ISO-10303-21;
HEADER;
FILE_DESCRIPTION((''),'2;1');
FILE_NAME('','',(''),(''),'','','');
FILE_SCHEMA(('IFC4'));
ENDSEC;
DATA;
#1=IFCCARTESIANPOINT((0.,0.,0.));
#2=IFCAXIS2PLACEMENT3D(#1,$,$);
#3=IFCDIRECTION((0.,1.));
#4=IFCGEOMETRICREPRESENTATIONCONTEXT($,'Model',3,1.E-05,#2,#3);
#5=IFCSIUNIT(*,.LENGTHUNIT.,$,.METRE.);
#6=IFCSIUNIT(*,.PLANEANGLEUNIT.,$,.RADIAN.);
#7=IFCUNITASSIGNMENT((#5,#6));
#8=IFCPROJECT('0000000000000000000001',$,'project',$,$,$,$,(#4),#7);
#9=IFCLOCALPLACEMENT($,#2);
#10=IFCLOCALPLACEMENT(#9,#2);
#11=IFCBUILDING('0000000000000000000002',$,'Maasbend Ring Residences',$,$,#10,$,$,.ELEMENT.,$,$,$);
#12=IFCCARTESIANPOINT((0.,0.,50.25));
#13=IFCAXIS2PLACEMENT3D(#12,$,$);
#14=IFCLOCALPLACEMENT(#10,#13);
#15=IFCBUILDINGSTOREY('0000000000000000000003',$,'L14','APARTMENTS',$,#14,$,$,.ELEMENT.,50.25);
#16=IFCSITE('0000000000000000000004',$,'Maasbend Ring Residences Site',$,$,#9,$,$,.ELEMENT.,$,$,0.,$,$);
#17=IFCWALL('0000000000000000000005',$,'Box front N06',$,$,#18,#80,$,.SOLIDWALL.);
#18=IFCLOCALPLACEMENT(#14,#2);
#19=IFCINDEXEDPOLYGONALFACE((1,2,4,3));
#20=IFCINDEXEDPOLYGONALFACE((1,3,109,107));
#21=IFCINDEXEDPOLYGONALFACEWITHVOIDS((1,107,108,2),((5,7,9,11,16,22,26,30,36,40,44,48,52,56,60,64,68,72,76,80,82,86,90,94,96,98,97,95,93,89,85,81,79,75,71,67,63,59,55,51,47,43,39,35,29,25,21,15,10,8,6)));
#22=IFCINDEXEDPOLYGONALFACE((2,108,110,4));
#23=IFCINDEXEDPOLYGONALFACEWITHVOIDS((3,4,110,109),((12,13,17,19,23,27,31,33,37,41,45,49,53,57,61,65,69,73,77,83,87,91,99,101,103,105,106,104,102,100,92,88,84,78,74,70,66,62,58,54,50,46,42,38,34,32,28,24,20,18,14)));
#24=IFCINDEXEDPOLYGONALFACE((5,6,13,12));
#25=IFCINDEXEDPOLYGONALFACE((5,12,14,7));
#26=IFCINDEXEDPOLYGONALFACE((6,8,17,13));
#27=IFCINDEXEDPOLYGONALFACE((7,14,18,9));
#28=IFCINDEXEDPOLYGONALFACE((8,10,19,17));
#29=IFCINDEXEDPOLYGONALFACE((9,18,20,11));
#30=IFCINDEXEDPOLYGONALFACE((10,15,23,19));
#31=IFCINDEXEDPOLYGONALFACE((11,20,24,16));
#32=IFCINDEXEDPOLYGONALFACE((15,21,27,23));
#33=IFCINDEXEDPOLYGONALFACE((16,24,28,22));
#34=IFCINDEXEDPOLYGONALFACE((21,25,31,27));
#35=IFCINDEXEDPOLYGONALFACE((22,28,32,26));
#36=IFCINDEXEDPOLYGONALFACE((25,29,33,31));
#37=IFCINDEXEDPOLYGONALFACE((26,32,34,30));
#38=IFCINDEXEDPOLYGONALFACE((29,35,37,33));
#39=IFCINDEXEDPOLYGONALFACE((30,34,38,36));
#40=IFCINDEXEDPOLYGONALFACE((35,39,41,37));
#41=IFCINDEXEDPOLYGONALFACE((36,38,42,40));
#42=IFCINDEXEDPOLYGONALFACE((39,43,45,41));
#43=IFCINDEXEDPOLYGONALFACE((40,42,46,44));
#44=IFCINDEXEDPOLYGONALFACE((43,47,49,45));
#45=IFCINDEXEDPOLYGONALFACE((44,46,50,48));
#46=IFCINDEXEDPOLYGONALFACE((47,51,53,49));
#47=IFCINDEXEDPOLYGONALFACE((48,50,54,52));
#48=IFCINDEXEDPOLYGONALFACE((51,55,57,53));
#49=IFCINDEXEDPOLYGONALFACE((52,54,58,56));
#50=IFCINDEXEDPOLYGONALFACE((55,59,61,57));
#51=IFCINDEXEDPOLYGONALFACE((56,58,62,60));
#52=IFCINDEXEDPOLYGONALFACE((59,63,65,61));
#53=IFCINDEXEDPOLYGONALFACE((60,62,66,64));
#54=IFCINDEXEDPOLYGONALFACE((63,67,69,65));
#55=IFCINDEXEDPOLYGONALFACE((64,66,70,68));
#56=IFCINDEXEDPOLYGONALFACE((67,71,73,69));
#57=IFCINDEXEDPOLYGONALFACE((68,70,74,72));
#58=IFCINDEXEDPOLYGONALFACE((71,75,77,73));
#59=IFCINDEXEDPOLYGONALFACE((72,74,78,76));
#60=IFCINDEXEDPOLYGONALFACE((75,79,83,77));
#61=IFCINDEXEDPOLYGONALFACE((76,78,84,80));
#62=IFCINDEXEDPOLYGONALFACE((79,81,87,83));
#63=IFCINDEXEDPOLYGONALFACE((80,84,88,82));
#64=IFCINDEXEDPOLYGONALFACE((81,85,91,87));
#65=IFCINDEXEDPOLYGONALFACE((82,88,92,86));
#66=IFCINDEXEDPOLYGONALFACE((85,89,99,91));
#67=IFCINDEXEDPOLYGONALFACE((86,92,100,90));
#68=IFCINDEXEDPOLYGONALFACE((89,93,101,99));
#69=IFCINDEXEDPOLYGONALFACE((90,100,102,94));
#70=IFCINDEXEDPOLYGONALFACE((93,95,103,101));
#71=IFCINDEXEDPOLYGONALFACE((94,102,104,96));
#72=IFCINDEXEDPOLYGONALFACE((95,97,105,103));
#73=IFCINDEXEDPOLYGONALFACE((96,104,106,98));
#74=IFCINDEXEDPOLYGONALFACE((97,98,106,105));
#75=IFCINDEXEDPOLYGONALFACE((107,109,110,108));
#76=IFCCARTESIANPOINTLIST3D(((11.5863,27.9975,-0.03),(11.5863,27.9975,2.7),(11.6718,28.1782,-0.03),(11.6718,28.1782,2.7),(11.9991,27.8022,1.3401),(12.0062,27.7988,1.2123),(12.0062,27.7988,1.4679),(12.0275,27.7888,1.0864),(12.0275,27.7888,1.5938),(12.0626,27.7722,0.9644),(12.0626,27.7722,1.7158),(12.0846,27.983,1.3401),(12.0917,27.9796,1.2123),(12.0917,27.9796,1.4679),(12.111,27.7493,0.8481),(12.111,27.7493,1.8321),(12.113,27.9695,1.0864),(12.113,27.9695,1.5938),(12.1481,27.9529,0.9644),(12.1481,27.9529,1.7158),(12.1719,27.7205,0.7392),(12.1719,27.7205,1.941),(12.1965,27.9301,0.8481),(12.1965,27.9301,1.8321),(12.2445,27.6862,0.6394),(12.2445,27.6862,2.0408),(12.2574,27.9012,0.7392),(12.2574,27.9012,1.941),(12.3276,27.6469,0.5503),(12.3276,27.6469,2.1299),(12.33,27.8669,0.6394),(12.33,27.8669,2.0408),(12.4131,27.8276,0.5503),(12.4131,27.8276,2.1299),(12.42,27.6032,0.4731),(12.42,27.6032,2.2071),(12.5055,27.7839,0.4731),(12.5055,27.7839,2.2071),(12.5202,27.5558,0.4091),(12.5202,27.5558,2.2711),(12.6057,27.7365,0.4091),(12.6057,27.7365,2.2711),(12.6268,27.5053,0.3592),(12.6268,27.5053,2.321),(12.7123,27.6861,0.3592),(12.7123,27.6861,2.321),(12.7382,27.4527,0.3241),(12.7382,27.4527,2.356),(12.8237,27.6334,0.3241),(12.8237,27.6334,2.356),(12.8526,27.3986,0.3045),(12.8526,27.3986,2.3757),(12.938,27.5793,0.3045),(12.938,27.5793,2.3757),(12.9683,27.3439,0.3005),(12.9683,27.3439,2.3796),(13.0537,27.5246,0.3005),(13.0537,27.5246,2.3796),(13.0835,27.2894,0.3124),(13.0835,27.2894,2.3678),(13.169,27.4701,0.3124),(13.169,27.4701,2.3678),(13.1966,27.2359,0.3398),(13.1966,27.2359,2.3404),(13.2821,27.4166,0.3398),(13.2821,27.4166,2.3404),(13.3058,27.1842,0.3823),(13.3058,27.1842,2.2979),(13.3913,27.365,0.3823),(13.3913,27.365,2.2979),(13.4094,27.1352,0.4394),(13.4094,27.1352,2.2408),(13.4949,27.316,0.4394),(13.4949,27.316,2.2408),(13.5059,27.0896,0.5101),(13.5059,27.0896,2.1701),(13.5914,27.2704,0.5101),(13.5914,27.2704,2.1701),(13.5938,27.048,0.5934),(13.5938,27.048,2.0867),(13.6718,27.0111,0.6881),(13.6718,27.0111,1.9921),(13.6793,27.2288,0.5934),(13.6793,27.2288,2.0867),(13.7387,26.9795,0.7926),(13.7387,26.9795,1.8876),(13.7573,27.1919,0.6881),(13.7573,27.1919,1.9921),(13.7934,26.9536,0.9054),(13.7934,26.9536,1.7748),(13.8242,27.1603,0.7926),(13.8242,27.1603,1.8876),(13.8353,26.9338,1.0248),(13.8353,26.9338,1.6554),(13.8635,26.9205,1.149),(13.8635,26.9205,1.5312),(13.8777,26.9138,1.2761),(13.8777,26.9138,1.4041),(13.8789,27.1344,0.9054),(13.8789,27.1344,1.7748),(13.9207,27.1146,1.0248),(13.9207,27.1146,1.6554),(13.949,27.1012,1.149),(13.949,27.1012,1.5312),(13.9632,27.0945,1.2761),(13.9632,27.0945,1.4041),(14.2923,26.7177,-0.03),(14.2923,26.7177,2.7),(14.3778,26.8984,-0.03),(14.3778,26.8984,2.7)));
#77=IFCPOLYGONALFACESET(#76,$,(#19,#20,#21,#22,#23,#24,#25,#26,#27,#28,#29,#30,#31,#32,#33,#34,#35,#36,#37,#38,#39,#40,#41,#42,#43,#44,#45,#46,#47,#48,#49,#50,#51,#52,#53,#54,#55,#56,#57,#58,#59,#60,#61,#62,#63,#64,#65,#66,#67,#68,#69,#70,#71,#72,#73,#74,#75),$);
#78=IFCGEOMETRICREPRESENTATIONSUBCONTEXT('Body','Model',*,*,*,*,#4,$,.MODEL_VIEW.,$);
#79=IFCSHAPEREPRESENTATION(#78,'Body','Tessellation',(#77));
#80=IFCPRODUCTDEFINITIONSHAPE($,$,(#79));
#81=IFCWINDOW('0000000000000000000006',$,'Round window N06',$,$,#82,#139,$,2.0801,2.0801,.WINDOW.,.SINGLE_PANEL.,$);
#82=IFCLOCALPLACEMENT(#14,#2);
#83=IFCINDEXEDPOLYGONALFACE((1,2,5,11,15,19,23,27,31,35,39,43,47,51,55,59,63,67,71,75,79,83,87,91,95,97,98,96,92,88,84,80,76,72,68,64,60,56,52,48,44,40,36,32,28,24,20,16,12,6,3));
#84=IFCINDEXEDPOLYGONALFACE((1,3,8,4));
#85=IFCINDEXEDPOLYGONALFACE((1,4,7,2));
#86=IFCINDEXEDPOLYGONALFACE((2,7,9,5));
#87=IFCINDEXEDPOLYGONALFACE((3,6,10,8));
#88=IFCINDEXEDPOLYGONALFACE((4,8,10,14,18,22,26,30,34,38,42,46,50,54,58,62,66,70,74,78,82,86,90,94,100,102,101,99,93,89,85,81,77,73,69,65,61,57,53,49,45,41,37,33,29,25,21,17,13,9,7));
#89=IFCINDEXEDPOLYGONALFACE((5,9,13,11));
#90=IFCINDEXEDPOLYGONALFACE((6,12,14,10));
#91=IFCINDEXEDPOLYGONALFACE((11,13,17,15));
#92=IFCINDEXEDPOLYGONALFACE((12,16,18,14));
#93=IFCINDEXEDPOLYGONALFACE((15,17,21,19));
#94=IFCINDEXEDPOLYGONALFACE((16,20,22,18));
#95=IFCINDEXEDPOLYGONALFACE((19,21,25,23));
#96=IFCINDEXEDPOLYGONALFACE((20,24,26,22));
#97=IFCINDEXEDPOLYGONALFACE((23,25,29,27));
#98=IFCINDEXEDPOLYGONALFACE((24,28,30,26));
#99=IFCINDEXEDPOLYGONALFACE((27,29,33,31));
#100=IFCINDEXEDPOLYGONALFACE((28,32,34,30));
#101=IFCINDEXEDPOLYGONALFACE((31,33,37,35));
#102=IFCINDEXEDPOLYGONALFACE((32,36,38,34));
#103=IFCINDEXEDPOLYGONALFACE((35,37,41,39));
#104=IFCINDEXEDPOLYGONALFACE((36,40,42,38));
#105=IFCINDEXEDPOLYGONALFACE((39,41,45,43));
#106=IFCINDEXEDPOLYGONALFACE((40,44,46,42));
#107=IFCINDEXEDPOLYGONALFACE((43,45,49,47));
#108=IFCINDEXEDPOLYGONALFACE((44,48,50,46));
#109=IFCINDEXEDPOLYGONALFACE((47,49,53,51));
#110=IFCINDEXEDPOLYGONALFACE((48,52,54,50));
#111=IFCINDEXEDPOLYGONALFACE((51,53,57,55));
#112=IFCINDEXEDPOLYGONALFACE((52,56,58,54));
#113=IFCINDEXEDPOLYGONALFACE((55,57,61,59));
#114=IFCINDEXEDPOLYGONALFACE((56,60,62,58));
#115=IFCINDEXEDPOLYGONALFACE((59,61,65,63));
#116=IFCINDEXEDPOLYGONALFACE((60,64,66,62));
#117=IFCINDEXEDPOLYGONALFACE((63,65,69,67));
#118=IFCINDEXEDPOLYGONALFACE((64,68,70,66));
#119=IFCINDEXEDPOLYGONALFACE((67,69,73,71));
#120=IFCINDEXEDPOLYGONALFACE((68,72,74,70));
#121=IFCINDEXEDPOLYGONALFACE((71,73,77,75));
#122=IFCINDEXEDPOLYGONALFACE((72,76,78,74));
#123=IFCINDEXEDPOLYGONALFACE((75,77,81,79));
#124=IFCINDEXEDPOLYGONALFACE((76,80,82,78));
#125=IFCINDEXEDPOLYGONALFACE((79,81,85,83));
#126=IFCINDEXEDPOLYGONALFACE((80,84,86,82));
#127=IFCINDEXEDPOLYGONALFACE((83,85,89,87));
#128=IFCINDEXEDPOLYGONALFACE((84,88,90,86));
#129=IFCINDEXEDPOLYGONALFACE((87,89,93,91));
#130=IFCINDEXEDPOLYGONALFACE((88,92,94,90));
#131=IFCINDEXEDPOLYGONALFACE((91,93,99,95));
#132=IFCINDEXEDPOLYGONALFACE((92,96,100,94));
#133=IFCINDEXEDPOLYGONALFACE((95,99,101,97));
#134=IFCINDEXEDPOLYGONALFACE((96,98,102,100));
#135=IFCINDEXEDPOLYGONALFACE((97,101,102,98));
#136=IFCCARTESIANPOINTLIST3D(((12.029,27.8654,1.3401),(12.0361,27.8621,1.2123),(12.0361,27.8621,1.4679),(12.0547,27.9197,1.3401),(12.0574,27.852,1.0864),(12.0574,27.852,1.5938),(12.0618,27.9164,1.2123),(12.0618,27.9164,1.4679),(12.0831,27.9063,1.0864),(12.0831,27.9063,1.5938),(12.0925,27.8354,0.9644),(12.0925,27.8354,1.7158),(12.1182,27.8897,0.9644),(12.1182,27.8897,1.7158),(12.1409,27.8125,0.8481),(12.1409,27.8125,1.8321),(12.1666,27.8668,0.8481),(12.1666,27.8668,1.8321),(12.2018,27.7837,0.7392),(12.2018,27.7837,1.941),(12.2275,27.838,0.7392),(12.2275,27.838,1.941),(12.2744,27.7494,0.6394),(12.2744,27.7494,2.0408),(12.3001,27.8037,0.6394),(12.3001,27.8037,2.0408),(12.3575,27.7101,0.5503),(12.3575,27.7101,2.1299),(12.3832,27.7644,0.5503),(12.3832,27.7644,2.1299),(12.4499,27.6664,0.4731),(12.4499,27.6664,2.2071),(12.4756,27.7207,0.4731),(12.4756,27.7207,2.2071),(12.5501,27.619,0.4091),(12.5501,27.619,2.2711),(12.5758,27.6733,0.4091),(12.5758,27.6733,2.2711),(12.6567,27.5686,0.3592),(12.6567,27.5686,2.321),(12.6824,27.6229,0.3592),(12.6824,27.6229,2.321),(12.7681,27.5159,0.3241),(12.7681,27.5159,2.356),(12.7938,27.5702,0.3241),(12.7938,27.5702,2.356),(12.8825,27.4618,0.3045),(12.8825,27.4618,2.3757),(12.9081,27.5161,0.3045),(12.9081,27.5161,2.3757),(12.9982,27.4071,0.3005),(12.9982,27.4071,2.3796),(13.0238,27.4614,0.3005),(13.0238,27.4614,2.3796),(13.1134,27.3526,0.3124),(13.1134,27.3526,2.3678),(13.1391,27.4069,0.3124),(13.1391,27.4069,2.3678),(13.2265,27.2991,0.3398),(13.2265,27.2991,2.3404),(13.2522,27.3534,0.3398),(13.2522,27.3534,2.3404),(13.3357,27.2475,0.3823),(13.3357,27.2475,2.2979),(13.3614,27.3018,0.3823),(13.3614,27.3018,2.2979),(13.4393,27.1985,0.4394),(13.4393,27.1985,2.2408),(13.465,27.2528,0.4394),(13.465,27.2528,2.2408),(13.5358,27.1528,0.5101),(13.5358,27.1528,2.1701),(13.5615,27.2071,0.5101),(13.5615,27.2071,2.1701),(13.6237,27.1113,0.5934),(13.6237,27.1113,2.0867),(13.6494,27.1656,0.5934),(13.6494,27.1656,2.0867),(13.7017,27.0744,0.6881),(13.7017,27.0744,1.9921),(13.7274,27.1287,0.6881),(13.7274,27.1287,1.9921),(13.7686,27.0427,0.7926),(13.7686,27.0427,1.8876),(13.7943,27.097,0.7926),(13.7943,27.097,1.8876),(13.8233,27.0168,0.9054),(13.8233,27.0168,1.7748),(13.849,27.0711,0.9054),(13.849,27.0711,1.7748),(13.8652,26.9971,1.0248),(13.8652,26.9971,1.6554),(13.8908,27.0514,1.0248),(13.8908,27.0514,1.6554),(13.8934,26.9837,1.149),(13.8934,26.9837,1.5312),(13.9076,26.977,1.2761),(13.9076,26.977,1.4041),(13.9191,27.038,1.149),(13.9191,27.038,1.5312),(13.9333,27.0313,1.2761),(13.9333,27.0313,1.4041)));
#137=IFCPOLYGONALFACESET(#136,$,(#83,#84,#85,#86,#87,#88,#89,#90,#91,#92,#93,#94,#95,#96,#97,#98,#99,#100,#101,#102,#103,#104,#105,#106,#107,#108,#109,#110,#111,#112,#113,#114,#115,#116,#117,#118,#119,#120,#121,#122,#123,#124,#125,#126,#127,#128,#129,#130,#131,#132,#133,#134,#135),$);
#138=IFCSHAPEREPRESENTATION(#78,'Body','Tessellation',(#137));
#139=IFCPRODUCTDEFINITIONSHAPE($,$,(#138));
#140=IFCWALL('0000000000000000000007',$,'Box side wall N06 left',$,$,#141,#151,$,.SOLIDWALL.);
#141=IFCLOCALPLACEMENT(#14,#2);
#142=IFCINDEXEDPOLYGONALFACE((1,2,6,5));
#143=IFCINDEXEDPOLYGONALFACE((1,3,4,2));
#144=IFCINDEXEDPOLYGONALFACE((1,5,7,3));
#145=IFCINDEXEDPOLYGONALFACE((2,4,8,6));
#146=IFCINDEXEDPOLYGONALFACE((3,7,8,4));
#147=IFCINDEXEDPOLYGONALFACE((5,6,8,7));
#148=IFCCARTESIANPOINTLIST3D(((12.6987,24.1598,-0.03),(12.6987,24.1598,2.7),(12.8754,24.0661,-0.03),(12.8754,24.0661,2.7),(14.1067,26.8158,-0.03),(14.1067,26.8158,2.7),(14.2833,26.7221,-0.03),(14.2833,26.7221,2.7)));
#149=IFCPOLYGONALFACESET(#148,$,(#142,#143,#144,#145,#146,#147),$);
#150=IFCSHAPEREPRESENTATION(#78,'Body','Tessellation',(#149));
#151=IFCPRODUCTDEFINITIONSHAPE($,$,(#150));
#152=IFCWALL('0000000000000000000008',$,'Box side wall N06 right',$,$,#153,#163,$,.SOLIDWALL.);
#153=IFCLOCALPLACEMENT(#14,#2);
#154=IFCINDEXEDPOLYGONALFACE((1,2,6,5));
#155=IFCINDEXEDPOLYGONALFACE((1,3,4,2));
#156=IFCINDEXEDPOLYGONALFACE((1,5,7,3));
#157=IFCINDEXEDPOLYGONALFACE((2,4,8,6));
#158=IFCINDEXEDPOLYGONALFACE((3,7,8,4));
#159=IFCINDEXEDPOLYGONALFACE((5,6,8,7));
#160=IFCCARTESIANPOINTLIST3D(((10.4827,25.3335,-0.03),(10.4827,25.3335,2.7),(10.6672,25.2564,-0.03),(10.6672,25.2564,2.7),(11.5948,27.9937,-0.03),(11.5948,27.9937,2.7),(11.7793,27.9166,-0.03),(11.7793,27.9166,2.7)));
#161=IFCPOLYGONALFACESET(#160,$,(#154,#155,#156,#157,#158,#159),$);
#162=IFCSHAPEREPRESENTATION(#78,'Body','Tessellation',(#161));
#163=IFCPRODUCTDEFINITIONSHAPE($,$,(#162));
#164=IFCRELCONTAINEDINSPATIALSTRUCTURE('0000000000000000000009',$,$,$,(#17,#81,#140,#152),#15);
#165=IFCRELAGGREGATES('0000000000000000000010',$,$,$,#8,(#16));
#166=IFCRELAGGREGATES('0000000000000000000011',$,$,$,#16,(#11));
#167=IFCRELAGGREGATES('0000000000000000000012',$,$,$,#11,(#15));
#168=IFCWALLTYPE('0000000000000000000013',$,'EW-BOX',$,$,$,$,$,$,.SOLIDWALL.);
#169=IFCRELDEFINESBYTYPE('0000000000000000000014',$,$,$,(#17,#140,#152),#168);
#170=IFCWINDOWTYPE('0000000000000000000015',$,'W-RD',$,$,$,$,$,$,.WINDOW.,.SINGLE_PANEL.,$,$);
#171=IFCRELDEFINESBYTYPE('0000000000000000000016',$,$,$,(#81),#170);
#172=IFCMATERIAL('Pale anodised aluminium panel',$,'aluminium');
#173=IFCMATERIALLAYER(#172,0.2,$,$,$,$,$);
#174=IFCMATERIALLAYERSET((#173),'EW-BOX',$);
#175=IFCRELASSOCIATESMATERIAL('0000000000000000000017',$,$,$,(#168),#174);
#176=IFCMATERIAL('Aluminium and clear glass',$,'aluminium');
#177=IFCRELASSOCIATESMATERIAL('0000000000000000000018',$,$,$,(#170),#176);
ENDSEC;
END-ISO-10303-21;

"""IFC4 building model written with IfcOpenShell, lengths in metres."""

from ifc_helpers import new_model, si_unit, direction, frame, frame_2d, origin, place, context, subcontext, project, spatial, rectangle, circle, extrude, material, layer, layer_set, type_object, element, fill, save


model = new_model("IFC4")

# Units and contexts
model_context = context("Model", 3, precision=1e-05, world=origin(), true_north=direction((0.0, 1.0)))
body_context = subcontext(model_context, "Body", "Model", "MODEL_VIEW")
ifc_project = project(units=[si_unit("LENGTHUNIT", "METRE"), si_unit("PLANEANGLEUNIT", "RADIAN")], contexts=[model_context])

# Site, building, storey
site_placement = place(None, origin())
site = spatial("IfcSite", under=ifc_project, at=site_placement, Name="Maasbend Ring Residences Site", CompositionType="ELEMENT", RefElevation=0.0)
building_placement = place(site_placement, origin())
building = spatial("IfcBuilding", under=site, at=building_placement, Name="Maasbend Ring Residences", CompositionType="ELEMENT")
storey_placement = place(building_placement, frame((0.0, 0.0, 50.25)))
storey = spatial("IfcBuildingStorey", under=building, at=storey_placement, Name="L14", Description="APARTMENTS", CompositionType="ELEMENT", Elevation=50.25)

# Shared definitions
ifc_material_1 = material(Name="Pale anodised aluminium panel", Category="aluminium")
ifc_layer_1 = layer(ifc_material_1, 0.2)
ifc_layer_set_1 = layer_set([ifc_layer_1], Name="EW-BOX")
wall_type_1 = type_object("IfcWallType", Name="EW-BOX", PredefinedType="SOLIDWALL", material=ifc_layer_set_1)
ifc_material_2 = material(Name="Aluminium and clear glass", Category="aluminium")
window_type_1 = type_object("IfcWindowType", Name="W-RD", PartitioningType="SINGLE_PANEL", PredefinedType="WINDOW", material=ifc_material_2)

# Wall, opening, window
wall_1_placement = place(storey_placement, frame((14.335, 26.8081, -0.03), z_axis=(0.0, 0.0, 1.0), x_axis=(-0.904, 0.427532, 0.0)))
wall_1 = element("IfcWall", 1, at=wall_1_placement, inside=storey, type_object=wall_type_1, Name="Box front N06", PredefinedType="SOLIDWALL", context=body_context, shape_type="SweptSolid", body=[
    extrude(rectangle(XDim=2.9934, YDim=0.2, at=frame_2d((1.4966, 0.0))), origin(), (0.0, 0.0, 1.0), 2.73),
])
opening_1_placement = place(wall_1_placement, frame((0.4565, 0.0, 0.3301)))
opening_1 = element("IfcOpeningElement", 2, at=opening_1_placement, cuts=wall_1, PredefinedType="OPENING", context=body_context, shape_type="SweptSolid", body=[
    extrude(circle(Radius=1.04, at=frame_2d((1.04, 1.04))), frame((0.0, 0.1099, 0.0), z_axis=(0.0, -1.0, 0.0), x_axis=(1.0, 0.0, 0.0)), (0.0, 0.0, 1.0), 0.22),
])
window_1_placement = place(opening_1_placement, origin())
window_1 = element("IfcWindow", 3, at=window_1_placement, inside=storey, type_object=window_type_1, Name="Round window N06", OverallHeight=2.0801, OverallWidth=2.0801, PartitioningType="SINGLE_PANEL", PredefinedType="WINDOW", context=body_context, shape_type="SweptSolid", body=[
    extrude(circle(Radius=1.04, at=frame_2d((1.04, 1.04))), frame((0.0, 0.03, 0.0), z_axis=(0.0, -1.0, 0.0), x_axis=(1.0, 0.0, 0.0)), (0.0, 0.0, 1.0), 0.0601),
])
fill(opening_1, window_1)

# Walls
wall_2_placement = place(storey_placement, frame((12.7871, 24.113, -0.03), z_axis=(0.0, 0.0, 1.0), x_axis=(0.468365, 0.883535, 0.0)))
element("IfcWall", 4, at=wall_2_placement, inside=storey, type_object=wall_type_1, Name="Box side wall N06 left", PredefinedType="SOLIDWALL", context=body_context, shape_type="SweptSolid", body=[
    extrude(rectangle(XDim=3.0061, YDim=0.2, at=frame_2d((1.5029, 0.0))), origin(), (0.0, 0.0, 1.0), 2.73),
])
wall_3_placement = place(storey_placement, frame((10.575, 25.2949, -0.03), z_axis=(0.0, 0.0, 1.0), x_axis=(0.385697, 0.922625, 0.0)))
element("IfcWall", 5, at=wall_3_placement, inside=storey, type_object=wall_type_1, Name="Box side wall N06 right", PredefinedType="SOLIDWALL", context=body_context, shape_type="SweptSolid", body=[
    extrude(rectangle(XDim=2.8833, YDim=0.2, at=frame_2d((1.4417, 0.0))), origin(), (0.0, 0.0, 1.0), 2.73),
])

save(model, "model.ifc")
